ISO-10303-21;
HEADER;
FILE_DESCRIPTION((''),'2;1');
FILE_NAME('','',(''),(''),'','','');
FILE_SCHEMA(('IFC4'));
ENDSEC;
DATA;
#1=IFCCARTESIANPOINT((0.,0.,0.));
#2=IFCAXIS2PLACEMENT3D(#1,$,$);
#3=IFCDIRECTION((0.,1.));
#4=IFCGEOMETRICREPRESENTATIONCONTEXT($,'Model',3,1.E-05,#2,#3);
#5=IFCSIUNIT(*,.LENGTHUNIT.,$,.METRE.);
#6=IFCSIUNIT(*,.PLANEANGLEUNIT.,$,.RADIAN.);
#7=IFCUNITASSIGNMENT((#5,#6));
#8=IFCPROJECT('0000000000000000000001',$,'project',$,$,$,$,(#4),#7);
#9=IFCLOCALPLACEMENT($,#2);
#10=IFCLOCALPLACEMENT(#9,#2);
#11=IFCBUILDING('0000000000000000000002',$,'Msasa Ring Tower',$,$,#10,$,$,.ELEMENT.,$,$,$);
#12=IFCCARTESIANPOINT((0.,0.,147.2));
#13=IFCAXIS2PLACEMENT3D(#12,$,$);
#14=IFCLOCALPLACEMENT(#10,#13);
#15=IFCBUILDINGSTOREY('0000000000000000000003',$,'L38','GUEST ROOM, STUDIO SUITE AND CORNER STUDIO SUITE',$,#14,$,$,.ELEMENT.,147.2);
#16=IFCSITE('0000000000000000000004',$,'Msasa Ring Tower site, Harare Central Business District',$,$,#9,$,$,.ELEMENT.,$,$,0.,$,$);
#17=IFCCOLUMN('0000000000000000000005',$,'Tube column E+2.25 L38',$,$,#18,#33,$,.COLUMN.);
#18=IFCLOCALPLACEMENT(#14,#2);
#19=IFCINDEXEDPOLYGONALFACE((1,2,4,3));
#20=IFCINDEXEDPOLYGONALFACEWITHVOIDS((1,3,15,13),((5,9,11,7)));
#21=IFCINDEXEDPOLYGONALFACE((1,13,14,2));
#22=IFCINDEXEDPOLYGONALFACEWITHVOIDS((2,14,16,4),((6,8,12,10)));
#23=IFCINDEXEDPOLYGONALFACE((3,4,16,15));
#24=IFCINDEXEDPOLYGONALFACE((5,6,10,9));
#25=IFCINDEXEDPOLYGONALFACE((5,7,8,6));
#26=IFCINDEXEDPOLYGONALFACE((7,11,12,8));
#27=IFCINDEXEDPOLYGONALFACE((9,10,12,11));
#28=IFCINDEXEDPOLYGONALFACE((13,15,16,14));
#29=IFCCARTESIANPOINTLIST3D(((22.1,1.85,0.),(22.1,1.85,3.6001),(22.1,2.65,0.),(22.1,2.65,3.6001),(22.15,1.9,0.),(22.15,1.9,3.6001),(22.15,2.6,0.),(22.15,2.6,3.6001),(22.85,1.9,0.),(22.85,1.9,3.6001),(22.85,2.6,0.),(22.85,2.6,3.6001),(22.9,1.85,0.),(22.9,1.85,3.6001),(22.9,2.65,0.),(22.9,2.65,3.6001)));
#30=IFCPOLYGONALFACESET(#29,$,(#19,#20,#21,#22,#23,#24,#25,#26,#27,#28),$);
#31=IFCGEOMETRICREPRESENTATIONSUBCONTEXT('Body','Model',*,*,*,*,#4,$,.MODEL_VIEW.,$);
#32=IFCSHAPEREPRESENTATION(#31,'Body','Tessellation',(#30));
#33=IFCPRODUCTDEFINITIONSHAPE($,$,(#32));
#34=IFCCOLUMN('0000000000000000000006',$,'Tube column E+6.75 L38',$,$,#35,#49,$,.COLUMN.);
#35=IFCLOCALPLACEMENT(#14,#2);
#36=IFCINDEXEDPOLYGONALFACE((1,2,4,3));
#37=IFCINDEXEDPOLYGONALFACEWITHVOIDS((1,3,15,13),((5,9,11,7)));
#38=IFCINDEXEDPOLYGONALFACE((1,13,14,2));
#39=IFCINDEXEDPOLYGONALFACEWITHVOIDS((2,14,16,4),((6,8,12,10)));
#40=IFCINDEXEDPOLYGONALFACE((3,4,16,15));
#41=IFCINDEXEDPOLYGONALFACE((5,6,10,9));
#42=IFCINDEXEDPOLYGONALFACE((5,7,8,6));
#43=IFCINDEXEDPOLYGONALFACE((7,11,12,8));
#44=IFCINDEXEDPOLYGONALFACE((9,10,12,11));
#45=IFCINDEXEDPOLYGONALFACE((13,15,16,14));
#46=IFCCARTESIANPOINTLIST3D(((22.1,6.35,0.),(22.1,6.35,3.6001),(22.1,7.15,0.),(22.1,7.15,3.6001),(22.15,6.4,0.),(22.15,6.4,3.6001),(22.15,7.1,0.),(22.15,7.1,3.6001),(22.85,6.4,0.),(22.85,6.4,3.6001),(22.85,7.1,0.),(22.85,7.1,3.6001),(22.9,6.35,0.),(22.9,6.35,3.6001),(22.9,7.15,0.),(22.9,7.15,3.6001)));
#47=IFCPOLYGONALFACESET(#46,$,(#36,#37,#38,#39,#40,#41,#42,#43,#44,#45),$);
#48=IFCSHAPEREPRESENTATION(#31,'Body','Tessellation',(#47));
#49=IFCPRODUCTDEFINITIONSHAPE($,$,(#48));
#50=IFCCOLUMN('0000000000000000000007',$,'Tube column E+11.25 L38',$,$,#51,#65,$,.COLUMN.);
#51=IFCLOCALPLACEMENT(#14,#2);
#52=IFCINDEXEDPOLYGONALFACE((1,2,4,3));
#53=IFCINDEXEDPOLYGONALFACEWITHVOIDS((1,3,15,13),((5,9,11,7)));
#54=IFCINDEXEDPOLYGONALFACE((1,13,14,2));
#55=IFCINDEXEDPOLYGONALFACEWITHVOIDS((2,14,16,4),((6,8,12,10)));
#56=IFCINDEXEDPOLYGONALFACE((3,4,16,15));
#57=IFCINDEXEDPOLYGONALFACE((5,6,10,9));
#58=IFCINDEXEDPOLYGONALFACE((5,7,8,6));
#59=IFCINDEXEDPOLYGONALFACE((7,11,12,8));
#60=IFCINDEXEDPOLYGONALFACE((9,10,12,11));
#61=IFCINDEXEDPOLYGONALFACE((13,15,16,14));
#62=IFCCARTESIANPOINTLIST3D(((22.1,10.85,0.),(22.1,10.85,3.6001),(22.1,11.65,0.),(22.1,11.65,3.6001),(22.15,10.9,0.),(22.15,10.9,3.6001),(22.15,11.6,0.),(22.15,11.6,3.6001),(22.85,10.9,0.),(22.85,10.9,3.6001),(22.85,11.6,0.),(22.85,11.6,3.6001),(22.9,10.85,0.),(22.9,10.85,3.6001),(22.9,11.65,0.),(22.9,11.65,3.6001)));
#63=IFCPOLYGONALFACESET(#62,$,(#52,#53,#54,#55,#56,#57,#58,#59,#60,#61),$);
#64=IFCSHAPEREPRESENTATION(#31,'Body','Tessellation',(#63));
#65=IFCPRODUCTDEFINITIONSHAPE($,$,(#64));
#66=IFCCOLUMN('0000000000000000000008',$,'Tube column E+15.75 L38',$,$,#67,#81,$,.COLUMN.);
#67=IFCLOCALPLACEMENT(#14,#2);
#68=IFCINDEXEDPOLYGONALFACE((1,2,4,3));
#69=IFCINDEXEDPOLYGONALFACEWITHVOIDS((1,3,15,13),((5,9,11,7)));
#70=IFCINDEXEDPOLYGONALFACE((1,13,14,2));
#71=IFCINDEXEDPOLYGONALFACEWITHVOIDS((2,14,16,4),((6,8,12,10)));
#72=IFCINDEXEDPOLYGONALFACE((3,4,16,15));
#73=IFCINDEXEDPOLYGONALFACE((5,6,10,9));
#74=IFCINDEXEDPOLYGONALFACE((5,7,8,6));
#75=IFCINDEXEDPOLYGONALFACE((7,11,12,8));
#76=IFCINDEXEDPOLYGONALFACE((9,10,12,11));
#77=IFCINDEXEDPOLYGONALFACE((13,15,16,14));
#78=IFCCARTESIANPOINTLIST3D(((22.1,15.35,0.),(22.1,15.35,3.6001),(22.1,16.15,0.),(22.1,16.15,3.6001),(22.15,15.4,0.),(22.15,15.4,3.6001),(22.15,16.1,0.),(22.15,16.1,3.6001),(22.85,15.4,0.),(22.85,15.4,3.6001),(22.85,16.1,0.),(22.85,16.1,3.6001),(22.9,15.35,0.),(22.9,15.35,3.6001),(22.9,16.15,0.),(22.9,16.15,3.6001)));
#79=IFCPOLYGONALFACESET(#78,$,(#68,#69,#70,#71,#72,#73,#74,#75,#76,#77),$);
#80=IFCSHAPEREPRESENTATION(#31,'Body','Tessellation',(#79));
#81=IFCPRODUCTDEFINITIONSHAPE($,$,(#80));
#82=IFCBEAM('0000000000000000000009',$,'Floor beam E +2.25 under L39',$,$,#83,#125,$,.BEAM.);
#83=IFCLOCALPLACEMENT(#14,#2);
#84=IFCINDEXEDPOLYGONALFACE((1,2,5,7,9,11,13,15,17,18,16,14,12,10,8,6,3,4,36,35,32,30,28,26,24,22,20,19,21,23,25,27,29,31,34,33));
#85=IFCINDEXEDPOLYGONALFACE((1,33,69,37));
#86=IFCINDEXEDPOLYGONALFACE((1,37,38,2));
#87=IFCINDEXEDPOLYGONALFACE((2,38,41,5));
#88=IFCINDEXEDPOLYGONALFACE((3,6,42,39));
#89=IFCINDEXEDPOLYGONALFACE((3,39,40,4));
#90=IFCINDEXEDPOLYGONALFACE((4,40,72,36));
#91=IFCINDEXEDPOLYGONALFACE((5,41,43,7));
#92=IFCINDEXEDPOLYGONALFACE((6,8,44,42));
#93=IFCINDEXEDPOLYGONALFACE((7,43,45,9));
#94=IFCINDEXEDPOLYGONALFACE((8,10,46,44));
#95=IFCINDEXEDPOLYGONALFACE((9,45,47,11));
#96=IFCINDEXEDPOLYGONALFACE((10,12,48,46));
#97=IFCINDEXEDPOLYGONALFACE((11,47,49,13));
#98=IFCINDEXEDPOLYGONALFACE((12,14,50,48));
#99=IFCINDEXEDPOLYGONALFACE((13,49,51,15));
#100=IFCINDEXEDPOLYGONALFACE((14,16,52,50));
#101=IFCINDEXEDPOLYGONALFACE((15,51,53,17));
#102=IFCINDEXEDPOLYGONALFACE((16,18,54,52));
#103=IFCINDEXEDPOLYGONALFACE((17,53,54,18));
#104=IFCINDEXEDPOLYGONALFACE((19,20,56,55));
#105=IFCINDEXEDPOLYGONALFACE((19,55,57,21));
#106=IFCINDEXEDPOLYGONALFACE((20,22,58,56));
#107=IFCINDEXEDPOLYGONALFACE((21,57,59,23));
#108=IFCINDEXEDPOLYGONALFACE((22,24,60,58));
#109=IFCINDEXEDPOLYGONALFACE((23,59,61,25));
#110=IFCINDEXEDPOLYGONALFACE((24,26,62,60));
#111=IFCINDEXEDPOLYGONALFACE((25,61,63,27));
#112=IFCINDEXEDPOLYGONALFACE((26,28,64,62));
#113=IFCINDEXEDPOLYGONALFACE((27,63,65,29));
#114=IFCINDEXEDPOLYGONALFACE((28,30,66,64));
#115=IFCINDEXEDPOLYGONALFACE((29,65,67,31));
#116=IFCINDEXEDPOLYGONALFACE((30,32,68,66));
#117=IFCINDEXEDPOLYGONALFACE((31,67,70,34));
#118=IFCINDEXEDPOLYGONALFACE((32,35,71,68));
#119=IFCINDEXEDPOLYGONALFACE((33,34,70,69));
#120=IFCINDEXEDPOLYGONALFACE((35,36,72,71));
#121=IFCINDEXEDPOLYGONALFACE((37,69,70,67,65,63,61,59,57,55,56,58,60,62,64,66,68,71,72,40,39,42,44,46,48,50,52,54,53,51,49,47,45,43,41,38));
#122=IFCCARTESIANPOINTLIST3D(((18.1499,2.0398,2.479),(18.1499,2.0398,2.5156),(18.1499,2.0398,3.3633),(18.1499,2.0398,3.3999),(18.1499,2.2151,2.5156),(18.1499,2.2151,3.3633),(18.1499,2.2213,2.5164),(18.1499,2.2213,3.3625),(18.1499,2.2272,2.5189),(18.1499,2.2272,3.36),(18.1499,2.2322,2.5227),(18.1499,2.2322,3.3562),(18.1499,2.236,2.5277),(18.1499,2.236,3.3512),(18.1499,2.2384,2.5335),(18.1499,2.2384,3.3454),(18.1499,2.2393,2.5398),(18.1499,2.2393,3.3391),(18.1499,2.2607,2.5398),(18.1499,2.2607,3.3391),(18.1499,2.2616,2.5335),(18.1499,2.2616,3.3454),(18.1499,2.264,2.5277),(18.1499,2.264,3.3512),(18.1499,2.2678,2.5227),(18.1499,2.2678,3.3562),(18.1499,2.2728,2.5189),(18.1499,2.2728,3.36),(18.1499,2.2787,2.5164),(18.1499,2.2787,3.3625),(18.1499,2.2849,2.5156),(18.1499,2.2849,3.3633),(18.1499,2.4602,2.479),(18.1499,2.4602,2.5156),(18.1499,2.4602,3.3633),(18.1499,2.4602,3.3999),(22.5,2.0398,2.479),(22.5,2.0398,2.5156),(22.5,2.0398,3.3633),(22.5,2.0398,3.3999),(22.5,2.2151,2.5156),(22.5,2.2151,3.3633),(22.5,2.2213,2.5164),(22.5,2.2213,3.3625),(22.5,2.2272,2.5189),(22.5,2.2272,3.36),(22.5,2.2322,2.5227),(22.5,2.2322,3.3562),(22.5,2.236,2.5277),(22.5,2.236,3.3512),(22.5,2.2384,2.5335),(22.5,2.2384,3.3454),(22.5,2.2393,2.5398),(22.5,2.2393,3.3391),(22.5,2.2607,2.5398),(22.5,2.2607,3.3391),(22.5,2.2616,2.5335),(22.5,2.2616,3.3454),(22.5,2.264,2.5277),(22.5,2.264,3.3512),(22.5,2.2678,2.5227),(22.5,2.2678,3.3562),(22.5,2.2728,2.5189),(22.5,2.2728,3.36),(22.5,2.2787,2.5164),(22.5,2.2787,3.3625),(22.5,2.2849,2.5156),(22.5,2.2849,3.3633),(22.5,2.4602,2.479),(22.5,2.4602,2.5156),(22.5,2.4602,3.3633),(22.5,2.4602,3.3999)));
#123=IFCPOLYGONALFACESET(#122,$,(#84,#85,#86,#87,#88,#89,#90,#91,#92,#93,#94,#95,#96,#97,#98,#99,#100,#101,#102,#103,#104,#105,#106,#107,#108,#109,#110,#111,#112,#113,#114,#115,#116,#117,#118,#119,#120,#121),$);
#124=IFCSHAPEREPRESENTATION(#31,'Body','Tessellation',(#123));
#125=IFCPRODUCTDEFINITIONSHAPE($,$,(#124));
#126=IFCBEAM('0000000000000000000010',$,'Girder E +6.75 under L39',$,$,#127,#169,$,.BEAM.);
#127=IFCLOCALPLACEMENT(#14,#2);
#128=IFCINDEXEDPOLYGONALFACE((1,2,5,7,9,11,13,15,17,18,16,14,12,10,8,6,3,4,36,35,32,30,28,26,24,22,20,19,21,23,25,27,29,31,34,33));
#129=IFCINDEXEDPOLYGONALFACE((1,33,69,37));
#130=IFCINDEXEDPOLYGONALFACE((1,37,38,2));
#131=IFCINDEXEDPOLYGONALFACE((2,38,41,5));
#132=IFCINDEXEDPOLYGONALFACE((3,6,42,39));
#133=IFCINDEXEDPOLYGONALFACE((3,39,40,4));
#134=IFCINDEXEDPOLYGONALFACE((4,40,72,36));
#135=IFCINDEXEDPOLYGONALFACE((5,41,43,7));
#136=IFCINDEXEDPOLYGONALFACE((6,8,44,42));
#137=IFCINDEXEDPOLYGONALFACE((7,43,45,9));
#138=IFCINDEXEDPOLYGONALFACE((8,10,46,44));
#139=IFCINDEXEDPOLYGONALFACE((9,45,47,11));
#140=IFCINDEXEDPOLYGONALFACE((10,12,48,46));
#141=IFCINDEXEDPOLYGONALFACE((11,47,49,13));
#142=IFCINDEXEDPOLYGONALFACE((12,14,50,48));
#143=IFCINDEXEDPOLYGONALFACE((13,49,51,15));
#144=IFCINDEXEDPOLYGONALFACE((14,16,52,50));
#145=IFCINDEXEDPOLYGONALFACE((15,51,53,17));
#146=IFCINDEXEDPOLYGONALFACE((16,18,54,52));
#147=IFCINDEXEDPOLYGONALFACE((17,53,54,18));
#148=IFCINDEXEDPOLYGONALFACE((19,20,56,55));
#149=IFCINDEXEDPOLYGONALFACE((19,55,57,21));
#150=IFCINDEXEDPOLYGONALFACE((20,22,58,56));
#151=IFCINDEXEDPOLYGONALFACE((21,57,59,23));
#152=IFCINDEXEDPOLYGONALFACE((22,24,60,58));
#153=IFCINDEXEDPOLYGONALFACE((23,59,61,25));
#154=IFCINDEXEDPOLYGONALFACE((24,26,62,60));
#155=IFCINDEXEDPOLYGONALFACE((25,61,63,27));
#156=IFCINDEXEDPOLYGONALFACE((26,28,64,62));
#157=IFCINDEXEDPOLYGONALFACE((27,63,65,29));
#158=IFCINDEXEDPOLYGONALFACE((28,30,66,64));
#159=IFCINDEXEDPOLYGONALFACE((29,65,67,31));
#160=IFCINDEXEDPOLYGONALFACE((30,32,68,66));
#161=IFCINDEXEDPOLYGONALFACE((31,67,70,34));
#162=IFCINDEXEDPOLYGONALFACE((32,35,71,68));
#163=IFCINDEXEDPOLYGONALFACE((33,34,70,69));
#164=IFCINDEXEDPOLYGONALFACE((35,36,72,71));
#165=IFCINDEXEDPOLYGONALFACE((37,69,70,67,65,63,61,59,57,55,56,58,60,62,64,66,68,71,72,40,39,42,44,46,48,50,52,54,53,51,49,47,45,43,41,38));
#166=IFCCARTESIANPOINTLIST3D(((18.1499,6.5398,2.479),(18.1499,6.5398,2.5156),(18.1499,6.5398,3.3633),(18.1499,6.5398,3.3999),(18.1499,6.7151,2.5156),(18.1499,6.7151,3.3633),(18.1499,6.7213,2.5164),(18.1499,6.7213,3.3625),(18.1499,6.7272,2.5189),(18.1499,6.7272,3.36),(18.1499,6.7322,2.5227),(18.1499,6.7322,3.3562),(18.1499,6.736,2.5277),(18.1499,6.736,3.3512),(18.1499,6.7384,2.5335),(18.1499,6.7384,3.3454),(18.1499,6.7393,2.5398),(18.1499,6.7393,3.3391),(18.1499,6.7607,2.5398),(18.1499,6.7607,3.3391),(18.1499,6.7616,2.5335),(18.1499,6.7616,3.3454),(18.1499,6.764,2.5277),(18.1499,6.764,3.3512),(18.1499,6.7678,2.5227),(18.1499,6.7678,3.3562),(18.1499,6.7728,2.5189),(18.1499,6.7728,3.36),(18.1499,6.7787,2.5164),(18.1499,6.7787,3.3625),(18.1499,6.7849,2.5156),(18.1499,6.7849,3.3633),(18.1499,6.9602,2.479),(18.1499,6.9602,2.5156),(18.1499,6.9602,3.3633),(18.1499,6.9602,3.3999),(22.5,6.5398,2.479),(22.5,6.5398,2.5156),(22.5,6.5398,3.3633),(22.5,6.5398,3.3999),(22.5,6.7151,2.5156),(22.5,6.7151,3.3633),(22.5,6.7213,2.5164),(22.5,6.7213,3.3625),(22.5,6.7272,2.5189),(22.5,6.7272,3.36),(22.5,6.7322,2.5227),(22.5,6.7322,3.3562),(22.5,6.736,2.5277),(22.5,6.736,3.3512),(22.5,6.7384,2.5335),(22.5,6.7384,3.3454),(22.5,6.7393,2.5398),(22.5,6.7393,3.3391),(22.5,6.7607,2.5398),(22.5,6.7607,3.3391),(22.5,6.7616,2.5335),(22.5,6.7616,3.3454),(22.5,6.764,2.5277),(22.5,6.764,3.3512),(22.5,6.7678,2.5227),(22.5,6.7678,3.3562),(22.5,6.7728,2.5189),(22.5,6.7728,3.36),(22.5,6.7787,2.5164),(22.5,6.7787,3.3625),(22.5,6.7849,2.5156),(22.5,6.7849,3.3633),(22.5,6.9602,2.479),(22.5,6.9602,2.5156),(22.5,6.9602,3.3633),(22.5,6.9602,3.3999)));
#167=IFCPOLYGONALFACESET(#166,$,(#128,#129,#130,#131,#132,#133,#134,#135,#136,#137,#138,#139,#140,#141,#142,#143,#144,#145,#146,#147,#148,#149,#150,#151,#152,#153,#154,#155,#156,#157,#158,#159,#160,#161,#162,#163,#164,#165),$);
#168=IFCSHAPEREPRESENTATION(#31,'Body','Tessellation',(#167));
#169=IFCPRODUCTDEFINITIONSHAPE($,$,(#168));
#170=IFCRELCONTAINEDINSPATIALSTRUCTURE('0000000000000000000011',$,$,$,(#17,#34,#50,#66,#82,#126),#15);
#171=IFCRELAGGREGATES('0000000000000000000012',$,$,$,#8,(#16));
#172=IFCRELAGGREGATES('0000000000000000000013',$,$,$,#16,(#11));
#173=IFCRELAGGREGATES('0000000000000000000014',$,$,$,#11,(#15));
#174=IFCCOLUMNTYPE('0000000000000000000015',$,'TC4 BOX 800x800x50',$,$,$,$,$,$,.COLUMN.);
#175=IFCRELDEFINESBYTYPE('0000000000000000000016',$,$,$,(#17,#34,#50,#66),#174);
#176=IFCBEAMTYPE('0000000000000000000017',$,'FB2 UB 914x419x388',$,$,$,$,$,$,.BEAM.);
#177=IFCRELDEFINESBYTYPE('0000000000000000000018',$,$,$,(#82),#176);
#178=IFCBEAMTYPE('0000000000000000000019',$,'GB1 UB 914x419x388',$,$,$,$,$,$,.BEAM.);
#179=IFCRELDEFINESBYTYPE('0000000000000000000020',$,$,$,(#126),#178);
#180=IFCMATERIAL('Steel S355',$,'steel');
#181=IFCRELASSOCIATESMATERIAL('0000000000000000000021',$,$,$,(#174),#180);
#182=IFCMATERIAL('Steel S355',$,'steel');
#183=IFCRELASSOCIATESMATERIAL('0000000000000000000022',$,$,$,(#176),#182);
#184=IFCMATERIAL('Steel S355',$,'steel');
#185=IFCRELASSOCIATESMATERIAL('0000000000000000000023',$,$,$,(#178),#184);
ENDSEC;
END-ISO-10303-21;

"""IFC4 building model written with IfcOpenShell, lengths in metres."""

from ifc_helpers import new_model, si_unit, direction, frame, origin, origin_2d, place, context, subcontext, project, spatial, hollow_rectangle, i_section, extrude, material, material_profile, profile_set, type_object, element, save


model = new_model("IFC4")

# Units and contexts
model_context = context("Model", 3, precision=1e-05, world=origin(), true_north=direction((0.0, 1.0)))
body_context = subcontext(model_context, "Body", "Model", "MODEL_VIEW")
ifc_project = project(units=[si_unit("LENGTHUNIT", "METRE"), si_unit("PLANEANGLEUNIT", "RADIAN")], contexts=[model_context])

# Site, building, storey
site_placement = place(None, origin())
site = spatial("IfcSite", under=ifc_project, at=site_placement, Name="Msasa Ring Tower site, Harare Central Business District", CompositionType="ELEMENT", RefElevation=0.0)
building_placement = place(site_placement, origin())
building = spatial("IfcBuilding", under=site, at=building_placement, Name="Msasa Ring Tower", CompositionType="ELEMENT")
storey_placement = place(building_placement, frame((0.0, 0.0, 147.2)))
storey = spatial("IfcBuildingStorey", under=building, at=storey_placement, Name="L38", Description="GUEST ROOM, STUDIO SUITE AND CORNER STUDIO SUITE", CompositionType="ELEMENT", Elevation=147.2)

# Columns
ifc_material_1 = material(Name="Steel S355", Category="steel")
ifc_material_profile_1 = material_profile(ifc_material_1, hollow_rectangle(XDim=0.8, YDim=0.8, WallThickness=0.05, at=origin_2d()), Name="BOX 800x800x50")
ifc_profile_set_1 = profile_set([ifc_material_profile_1], Name="Steel S355")
column_type = type_object("IfcColumnType", Name="TC4 BOX 800x800x50", PredefinedType="COLUMN", material=ifc_profile_set_1)
for number, where, z_axis, x_axis, name in (
    (1, (22.5, 2.25, 0.0), (0.0, 0.0, 1.0), (1.0, 0.0, 0.0), "Tube column E+2.25 L38"),
    (2, (22.5, 6.75, 0.0), (0.0, 0.0, 1.0), (1.0, 0.0, 0.0), "Tube column E+6.75 L38"),
    (3, (22.5, 11.25, 0.0), (0.0, 0.0, 1.0), (1.0, 0.0, 0.0), "Tube column E+11.25 L38"),
    (4, (22.5, 15.75, 0.0), (0.0, 0.0, 1.0), (1.0, 0.0, 0.0), "Tube column E+15.75 L38"),
):
    element("IfcColumn", number, at=place(storey_placement, frame(where, z_axis=z_axis, x_axis=x_axis)), inside=storey, type_object=column_type, Name=name, PredefinedType="COLUMN", context=body_context, shape_type="SweptSolid", body=[
        extrude(hollow_rectangle(XDim=0.8, YDim=0.8, WallThickness=0.05, at=origin_2d()), origin(), (0.0, 0.0, 1.0), 3.6001),
    ])

# Beams
ifc_material_2 = material(Name="Steel S355", Category="steel")
ifc_material_profile_2 = material_profile(ifc_material_2, i_section(OverallWidth=0.4204, OverallDepth=0.9209, WebThickness=0.0215, FlangeThickness=0.0366, FilletRadius=0.0242, at=origin_2d()), Name="UB 914x419x388")
ifc_profile_set_2 = profile_set([ifc_material_profile_2], Name="Steel S355")
beam_type_1 = type_object("IfcBeamType", Name="FB2 UB 914x419x388", PredefinedType="BEAM", material=ifc_profile_set_2)
beam_1_placement = place(storey_placement, frame((22.5, 2.25, 2.9395), z_axis=(-1.0, 0.0, 0.0), x_axis=(0.0, -1.0, 0.0)))
element("IfcBeam", 5, at=beam_1_placement, inside=storey, type_object=beam_type_1, Name="Floor beam E +2.25 under L39", PredefinedType="BEAM", context=body_context, shape_type="SweptSolid", body=[
    extrude(i_section(OverallWidth=0.4204, OverallDepth=0.9209, WebThickness=0.0215, FlangeThickness=0.0366, FilletRadius=0.0242, at=origin_2d()), origin(), (0.0, 0.0, 1.0), 4.3501),
])
ifc_material_3 = material(Name="Steel S355", Category="steel")
ifc_material_profile_3 = material_profile(ifc_material_3, i_section(OverallWidth=0.4204, OverallDepth=0.9209, WebThickness=0.0215, FlangeThickness=0.0366, FilletRadius=0.0242, at=origin_2d()), Name="UB 914x419x388")
ifc_profile_set_3 = profile_set([ifc_material_profile_3], Name="Steel S355")
beam_type_2 = type_object("IfcBeamType", Name="GB1 UB 914x419x388", PredefinedType="BEAM", material=ifc_profile_set_3)
beam_2_placement = place(storey_placement, frame((18.1499, 6.75, 2.9395), z_axis=(1.0, 0.0, 0.0), x_axis=(0.0, 1.0, 0.0)))
element("IfcBeam", 6, at=beam_2_placement, inside=storey, type_object=beam_type_2, Name="Girder E +6.75 under L39", PredefinedType="BEAM", context=body_context, shape_type="SweptSolid", body=[
    extrude(i_section(OverallWidth=0.4204, OverallDepth=0.9209, WebThickness=0.0215, FlangeThickness=0.0366, FilletRadius=0.0242, at=origin_2d()), origin(), (0.0, 0.0, 1.0), 4.3501),
])

save(model, "model.ifc")
